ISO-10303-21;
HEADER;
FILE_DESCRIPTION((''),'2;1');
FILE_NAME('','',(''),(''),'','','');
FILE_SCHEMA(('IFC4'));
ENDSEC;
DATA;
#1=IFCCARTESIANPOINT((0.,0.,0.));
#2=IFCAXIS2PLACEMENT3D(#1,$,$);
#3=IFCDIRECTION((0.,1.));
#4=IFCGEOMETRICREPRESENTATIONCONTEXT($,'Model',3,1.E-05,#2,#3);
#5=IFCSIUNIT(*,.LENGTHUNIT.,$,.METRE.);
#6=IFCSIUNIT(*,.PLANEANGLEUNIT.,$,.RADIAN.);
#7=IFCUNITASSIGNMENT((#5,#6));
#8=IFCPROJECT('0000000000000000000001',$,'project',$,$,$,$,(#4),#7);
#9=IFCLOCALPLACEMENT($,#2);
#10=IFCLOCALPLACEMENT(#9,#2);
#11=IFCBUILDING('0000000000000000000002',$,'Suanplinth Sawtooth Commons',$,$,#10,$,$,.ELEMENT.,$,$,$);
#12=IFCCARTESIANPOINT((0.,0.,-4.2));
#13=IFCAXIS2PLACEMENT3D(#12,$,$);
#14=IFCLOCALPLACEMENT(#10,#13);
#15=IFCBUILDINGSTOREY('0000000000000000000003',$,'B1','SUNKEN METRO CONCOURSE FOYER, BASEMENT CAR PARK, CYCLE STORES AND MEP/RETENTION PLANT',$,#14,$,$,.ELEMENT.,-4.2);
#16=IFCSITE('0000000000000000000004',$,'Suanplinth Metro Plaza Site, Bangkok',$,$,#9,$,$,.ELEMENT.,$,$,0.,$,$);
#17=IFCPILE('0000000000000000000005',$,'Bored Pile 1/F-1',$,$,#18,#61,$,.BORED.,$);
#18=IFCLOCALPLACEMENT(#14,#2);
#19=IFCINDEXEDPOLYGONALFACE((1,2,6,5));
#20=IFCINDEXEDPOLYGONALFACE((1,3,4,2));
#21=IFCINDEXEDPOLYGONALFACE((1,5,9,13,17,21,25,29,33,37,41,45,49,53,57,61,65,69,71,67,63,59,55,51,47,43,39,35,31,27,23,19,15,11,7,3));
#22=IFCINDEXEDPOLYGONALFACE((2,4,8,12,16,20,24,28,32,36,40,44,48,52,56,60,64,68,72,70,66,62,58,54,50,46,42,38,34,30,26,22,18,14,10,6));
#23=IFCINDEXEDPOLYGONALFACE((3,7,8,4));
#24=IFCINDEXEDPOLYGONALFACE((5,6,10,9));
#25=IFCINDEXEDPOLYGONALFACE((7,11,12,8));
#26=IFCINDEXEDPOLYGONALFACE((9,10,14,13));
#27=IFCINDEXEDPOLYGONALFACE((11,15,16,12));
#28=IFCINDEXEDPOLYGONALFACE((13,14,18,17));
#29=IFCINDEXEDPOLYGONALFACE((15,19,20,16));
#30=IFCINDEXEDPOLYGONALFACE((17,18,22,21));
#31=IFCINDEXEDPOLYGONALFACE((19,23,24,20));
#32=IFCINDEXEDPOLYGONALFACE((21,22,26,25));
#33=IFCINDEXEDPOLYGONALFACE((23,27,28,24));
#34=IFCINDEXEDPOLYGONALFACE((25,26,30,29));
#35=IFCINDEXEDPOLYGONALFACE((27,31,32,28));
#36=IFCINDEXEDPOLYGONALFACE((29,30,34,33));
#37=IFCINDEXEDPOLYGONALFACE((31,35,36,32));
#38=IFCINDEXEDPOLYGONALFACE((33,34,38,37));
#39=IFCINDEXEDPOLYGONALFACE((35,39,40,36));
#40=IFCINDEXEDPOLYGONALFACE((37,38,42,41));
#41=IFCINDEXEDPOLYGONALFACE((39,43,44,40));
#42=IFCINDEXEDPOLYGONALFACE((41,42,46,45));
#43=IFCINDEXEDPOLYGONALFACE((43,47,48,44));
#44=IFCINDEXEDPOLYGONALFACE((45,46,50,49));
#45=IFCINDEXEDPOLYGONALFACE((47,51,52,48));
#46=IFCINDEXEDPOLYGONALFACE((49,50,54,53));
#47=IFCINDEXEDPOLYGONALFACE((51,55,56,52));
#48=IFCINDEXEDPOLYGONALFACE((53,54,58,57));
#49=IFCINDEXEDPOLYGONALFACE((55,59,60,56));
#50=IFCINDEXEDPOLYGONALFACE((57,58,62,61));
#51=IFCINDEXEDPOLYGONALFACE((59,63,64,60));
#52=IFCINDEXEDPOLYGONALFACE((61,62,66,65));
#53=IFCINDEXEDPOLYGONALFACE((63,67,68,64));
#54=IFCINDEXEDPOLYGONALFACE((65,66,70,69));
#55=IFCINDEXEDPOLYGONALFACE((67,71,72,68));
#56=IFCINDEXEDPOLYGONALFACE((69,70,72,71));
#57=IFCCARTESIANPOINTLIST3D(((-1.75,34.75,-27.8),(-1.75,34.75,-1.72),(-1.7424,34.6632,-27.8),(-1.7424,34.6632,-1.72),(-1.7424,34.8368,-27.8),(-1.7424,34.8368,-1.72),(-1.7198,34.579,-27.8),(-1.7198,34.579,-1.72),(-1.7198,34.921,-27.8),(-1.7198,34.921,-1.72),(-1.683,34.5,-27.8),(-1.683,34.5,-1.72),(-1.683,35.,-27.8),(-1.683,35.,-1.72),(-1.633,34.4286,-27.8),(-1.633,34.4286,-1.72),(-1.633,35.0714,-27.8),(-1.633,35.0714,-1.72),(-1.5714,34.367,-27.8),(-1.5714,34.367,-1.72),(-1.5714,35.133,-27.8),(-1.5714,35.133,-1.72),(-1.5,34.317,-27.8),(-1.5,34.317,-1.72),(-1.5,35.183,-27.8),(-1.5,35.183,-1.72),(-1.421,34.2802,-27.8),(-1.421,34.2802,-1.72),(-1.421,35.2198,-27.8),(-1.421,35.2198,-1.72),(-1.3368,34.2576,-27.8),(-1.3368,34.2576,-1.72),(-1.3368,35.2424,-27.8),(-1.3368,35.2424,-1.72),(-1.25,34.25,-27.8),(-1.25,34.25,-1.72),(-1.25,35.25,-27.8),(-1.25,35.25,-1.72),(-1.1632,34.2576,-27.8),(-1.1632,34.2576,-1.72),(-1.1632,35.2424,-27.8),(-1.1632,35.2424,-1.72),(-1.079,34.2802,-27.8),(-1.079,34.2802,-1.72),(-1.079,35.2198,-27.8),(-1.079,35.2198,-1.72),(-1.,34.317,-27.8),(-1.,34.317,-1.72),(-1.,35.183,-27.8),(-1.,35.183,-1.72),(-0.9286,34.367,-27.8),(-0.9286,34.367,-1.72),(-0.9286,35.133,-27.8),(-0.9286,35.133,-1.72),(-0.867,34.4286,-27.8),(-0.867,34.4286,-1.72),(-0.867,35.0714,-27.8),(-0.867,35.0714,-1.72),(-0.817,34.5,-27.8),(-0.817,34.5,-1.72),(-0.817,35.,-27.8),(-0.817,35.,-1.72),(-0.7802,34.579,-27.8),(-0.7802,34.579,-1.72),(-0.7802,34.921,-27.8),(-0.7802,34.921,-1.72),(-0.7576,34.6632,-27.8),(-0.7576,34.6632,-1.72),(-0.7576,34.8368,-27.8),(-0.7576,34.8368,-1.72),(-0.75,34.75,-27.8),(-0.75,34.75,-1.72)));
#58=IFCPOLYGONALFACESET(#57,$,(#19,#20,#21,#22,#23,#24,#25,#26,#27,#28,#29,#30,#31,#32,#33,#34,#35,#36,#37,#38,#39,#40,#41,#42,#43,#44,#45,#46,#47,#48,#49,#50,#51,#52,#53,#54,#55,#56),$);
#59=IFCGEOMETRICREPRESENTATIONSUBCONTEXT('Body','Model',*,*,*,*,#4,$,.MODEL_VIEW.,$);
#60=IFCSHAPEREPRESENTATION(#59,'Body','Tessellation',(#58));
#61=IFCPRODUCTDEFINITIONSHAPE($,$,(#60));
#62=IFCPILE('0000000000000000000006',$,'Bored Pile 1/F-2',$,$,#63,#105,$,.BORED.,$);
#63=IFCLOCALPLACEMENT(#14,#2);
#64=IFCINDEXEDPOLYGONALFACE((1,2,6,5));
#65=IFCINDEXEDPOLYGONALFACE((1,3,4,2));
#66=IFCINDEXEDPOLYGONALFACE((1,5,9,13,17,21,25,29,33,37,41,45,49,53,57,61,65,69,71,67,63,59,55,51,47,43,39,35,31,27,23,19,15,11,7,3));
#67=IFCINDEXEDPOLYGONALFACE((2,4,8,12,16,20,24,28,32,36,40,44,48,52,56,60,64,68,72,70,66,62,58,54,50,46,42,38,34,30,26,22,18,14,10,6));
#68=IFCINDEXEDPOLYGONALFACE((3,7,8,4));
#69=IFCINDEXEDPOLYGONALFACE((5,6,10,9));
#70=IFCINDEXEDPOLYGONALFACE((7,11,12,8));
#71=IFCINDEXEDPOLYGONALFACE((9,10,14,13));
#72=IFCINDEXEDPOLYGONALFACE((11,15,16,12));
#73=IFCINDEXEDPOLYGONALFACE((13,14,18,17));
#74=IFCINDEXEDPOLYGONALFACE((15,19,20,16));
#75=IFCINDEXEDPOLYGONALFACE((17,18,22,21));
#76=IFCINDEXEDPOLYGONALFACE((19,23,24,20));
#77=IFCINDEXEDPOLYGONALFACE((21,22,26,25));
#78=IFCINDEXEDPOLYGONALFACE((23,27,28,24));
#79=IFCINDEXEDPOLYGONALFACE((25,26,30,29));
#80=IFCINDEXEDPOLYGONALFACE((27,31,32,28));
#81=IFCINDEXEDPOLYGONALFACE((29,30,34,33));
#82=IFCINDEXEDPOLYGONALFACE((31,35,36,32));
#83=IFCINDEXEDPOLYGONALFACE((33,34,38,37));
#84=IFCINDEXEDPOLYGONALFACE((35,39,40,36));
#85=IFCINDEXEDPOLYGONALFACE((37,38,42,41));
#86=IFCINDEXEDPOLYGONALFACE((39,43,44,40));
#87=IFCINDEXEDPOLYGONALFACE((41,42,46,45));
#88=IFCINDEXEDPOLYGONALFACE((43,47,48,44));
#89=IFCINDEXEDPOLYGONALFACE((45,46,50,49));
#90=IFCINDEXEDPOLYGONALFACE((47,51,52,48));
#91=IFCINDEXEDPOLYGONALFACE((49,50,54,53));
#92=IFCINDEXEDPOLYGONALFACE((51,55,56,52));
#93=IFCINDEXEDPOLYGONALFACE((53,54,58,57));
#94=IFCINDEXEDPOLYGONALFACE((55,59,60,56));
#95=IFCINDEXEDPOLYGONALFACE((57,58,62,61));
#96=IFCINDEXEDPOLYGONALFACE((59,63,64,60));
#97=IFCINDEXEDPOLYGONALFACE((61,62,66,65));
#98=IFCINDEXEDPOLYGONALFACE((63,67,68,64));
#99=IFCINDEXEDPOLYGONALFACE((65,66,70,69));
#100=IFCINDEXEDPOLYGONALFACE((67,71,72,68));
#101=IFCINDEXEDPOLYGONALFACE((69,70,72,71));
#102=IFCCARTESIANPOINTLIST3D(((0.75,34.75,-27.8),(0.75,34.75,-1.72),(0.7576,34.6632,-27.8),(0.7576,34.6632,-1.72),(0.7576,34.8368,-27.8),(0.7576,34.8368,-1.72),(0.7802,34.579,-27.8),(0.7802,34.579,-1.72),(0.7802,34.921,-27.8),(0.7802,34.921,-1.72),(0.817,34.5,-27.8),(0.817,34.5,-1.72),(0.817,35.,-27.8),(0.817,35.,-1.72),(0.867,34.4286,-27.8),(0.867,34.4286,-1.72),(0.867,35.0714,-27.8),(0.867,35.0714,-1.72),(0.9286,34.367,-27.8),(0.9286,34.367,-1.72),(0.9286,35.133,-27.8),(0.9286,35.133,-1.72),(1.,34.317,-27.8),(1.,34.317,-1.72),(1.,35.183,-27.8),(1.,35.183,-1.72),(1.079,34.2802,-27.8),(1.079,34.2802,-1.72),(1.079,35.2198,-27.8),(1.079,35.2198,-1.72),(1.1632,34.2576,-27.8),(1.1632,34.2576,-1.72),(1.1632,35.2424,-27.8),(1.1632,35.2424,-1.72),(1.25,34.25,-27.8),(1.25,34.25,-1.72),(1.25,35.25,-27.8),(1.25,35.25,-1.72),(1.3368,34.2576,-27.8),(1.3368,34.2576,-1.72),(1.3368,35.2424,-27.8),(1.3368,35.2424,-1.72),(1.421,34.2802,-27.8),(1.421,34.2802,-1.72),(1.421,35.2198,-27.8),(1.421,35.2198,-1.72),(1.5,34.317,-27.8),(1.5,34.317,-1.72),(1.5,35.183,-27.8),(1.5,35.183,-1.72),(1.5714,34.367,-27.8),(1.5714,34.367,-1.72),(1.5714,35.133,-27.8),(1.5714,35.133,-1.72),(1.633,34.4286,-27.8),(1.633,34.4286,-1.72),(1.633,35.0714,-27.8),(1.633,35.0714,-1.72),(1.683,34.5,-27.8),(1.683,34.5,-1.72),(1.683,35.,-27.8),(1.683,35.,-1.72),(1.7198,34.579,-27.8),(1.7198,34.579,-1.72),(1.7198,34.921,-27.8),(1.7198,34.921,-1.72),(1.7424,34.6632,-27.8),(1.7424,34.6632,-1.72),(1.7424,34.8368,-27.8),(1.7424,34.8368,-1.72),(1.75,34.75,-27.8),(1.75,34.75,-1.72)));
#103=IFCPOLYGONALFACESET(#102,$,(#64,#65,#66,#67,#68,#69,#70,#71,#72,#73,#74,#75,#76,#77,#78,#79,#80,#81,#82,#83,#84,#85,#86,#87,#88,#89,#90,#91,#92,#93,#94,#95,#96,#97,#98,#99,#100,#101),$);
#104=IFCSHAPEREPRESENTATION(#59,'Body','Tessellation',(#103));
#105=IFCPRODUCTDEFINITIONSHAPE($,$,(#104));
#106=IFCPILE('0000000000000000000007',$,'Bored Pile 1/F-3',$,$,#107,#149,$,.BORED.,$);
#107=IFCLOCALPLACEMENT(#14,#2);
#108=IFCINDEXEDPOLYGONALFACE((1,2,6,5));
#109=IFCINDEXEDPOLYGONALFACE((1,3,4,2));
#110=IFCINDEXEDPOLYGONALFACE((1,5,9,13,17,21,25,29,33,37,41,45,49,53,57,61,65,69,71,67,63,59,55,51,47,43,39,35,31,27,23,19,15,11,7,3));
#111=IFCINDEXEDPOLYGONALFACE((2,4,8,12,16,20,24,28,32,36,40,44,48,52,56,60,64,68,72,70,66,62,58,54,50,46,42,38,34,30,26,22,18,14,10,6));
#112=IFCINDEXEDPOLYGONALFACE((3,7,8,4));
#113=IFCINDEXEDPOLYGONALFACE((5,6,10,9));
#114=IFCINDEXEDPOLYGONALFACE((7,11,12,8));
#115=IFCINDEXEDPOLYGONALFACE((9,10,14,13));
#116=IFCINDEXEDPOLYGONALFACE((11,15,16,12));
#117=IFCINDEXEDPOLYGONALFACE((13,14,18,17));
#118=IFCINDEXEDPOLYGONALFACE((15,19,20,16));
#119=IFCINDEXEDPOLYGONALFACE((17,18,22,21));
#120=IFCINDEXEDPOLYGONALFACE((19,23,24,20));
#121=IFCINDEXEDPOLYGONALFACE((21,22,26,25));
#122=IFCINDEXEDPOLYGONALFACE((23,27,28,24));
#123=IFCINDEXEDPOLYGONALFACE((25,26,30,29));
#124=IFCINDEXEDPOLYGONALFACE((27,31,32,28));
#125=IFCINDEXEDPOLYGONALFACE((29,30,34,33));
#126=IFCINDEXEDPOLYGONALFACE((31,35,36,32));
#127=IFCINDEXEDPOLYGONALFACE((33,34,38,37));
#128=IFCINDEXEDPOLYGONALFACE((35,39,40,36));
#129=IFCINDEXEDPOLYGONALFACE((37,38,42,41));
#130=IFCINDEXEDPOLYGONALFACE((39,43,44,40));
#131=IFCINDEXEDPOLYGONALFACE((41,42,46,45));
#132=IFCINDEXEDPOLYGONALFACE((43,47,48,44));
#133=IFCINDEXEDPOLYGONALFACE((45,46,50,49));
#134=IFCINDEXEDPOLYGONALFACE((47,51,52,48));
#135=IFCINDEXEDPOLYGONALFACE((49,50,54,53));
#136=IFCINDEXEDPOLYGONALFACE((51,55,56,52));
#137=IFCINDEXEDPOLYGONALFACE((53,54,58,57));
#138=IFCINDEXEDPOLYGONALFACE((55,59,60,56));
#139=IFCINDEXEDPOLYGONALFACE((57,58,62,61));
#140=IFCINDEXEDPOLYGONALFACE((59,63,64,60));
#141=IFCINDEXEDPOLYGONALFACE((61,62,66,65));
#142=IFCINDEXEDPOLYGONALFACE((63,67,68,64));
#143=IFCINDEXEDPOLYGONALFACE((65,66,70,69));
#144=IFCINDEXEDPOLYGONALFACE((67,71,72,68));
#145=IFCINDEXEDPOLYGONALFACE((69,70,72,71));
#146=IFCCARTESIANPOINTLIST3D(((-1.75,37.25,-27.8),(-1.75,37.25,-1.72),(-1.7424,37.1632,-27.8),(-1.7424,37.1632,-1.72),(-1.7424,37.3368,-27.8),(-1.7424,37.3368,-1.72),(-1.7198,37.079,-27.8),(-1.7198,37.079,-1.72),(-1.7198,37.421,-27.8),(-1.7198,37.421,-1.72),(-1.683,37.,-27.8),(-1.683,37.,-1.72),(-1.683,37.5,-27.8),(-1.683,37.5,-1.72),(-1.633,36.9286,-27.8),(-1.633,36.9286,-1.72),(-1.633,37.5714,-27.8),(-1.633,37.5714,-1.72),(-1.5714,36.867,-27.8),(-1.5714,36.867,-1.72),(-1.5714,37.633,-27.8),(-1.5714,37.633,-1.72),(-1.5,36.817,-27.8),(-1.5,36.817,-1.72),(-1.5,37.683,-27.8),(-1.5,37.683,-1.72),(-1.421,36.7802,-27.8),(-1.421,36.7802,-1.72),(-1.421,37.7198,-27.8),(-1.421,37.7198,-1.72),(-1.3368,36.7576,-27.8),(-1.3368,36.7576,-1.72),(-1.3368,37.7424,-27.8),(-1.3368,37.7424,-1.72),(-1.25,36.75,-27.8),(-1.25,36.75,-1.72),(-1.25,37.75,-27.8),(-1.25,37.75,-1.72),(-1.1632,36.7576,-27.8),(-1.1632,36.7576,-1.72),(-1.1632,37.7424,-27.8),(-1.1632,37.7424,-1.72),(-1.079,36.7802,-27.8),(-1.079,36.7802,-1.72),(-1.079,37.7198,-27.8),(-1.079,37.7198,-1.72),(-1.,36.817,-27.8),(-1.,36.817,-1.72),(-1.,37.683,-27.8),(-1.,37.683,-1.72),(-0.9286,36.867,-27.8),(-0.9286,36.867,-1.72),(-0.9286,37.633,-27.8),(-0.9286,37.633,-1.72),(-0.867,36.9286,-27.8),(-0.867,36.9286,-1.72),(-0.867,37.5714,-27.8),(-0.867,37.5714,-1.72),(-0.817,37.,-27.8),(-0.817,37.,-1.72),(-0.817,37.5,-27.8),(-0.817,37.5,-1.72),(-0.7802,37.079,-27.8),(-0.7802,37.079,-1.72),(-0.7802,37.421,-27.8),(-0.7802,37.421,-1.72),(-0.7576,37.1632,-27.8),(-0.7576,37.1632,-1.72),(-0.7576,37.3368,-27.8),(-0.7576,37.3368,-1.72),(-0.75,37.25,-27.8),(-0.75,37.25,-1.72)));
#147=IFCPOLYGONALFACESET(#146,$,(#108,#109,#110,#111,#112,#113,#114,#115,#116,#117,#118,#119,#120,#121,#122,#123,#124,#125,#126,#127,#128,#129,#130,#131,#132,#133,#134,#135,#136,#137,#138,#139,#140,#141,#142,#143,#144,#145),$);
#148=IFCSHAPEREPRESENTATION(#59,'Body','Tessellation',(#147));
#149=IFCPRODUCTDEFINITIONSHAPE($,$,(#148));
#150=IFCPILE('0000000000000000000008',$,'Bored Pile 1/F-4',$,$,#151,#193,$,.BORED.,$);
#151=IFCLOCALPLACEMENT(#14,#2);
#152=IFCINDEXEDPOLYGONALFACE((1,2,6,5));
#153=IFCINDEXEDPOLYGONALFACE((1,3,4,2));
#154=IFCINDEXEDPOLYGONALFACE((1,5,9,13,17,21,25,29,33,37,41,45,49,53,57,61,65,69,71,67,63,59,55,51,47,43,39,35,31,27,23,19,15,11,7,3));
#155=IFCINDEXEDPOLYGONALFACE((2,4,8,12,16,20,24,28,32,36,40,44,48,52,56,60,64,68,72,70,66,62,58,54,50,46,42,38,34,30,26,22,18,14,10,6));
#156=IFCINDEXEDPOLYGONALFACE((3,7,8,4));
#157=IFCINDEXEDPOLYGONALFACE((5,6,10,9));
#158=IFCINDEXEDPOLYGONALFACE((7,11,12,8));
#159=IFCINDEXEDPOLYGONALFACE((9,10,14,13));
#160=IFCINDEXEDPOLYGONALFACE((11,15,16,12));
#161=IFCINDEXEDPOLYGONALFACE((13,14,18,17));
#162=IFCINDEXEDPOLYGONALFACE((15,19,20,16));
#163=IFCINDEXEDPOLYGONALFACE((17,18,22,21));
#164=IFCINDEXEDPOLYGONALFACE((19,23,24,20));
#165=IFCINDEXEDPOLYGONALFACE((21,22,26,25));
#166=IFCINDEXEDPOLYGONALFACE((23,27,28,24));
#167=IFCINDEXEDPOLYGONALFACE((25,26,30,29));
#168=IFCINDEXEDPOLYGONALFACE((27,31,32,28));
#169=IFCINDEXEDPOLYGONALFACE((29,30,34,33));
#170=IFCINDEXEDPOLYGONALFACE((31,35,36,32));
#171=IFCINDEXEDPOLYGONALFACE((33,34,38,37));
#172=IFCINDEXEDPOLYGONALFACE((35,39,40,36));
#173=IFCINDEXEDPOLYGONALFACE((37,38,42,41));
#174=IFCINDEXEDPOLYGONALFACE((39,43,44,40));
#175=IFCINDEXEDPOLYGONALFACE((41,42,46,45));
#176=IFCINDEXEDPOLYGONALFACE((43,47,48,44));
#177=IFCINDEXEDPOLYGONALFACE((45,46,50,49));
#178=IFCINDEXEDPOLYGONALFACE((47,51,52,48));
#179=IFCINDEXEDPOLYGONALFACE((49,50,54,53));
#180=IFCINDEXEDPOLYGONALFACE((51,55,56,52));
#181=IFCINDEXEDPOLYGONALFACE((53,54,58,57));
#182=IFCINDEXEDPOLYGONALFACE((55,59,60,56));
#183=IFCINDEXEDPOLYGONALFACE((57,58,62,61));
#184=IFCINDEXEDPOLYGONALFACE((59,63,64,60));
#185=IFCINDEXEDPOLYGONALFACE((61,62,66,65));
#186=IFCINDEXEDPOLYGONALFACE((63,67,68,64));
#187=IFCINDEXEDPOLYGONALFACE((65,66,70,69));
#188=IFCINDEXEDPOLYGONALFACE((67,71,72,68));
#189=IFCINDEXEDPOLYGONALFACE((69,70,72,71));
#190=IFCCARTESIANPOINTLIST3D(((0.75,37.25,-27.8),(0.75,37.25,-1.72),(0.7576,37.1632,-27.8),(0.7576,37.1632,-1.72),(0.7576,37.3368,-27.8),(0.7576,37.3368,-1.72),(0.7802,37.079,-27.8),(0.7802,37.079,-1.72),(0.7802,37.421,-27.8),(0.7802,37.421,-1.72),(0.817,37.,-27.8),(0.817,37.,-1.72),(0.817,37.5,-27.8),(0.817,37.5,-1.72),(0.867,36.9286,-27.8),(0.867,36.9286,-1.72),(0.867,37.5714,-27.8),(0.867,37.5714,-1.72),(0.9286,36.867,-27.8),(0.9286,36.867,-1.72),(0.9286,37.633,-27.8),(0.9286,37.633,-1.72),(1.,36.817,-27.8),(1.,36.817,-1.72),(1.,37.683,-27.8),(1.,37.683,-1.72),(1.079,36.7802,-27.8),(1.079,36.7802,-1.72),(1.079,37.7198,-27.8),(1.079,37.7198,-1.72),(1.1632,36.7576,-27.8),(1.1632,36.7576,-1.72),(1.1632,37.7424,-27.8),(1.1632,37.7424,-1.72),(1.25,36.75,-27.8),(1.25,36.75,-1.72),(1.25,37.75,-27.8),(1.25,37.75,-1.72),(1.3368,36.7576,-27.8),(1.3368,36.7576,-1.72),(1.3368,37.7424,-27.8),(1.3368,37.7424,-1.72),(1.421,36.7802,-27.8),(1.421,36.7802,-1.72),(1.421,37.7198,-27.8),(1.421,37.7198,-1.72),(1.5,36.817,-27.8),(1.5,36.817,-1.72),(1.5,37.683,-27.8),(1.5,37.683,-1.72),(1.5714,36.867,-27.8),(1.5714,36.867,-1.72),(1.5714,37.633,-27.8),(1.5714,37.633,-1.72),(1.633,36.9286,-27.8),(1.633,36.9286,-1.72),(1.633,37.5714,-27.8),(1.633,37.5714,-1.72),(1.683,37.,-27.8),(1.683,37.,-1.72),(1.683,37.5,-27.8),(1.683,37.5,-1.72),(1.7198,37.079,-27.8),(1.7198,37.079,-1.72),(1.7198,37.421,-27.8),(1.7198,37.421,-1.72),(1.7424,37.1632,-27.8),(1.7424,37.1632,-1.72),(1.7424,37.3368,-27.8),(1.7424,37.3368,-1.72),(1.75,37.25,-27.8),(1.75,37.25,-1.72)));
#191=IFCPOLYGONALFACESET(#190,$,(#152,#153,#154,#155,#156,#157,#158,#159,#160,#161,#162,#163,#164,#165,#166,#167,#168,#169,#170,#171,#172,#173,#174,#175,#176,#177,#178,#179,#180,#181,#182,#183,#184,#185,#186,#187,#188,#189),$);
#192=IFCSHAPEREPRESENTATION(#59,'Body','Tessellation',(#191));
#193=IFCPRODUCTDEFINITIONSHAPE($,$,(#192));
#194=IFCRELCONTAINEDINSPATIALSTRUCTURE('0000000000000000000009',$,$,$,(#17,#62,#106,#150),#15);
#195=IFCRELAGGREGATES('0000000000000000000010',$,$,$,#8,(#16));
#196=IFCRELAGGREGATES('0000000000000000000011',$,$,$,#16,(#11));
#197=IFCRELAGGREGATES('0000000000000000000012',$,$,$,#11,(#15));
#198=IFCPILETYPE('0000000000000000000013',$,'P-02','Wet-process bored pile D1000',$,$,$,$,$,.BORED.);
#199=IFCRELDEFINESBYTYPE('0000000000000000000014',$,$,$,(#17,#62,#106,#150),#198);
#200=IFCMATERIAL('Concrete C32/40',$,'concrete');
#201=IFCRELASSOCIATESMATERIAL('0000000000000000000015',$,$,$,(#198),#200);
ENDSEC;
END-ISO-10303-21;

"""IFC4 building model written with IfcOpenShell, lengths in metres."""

from ifc_helpers import new_model, si_unit, direction, frame, origin, origin_2d, place, context, subcontext, project, spatial, circle, extrude, material, material_profile, profile_set, type_object, element, save


model = new_model("IFC4")

# Units and contexts
model_context = context("Model", 3, precision=1e-05, world=origin(), true_north=direction((0.0, 1.0)))
body_context = subcontext(model_context, "Body", "Model", "MODEL_VIEW")
ifc_project = project(units=[si_unit("LENGTHUNIT", "METRE"), si_unit("PLANEANGLEUNIT", "RADIAN")], contexts=[model_context])

# Site, building, storey
site_placement = place(None, origin())
site = spatial("IfcSite", under=ifc_project, at=site_placement, Name="Suanplinth Metro Plaza Site, Bangkok", CompositionType="ELEMENT", RefElevation=0.0)
building_placement = place(site_placement, origin())
building = spatial("IfcBuilding", under=site, at=building_placement, Name="Suanplinth Sawtooth Commons", CompositionType="ELEMENT")
storey_placement = place(building_placement, frame((0.0, 0.0, -4.2)))
storey = spatial("IfcBuildingStorey", under=building, at=storey_placement, Name="B1", Description="SUNKEN METRO CONCOURSE FOYER, BASEMENT CAR PARK, CYCLE STORES AND MEP/RETENTION PLANT", CompositionType="ELEMENT", Elevation=-4.2)

# Piles
ifc_material_1 = material(Name="Concrete C32/40", Category="concrete")
ifc_material_profile_1 = material_profile(ifc_material_1, circle(Radius=0.5, at=origin_2d()), Name="PILE D1000")
ifc_profile_set_1 = profile_set([ifc_material_profile_1], Name="Concrete C32/40")
pile_type = type_object("IfcPileType", Name="P-02", Description="Wet-process bored pile D1000", PredefinedType="BORED", material=ifc_profile_set_1)
for number, where, z_axis, x_axis, name in (
    (1, (-1.25, 34.75, -1.72), (0.0, 0.0, -1.0), (1.0, 0.0, 0.0), "Bored Pile 1/F-1"),
    (2, (1.25, 34.75, -1.72), (0.0, 0.0, -1.0), (1.0, 0.0, 0.0), "Bored Pile 1/F-2"),
    (3, (-1.25, 37.25, -1.72), (0.0, 0.0, -1.0), (1.0, 0.0, 0.0), "Bored Pile 1/F-3"),
    (4, (1.25, 37.25, -1.72), (0.0, 0.0, -1.0), (1.0, 0.0, 0.0), "Bored Pile 1/F-4"),
):
    element("IfcPile", number, at=place(storey_placement, frame(where, z_axis=z_axis, x_axis=x_axis)), inside=storey, type_object=pile_type, Name=name, PredefinedType="BORED", context=body_context, shape_type="SweptSolid", body=[
        extrude(circle(Radius=0.5, at=origin_2d()), origin(), (0.0, 0.0, 1.0), 26.0801),
    ])

save(model, "model.ifc")
